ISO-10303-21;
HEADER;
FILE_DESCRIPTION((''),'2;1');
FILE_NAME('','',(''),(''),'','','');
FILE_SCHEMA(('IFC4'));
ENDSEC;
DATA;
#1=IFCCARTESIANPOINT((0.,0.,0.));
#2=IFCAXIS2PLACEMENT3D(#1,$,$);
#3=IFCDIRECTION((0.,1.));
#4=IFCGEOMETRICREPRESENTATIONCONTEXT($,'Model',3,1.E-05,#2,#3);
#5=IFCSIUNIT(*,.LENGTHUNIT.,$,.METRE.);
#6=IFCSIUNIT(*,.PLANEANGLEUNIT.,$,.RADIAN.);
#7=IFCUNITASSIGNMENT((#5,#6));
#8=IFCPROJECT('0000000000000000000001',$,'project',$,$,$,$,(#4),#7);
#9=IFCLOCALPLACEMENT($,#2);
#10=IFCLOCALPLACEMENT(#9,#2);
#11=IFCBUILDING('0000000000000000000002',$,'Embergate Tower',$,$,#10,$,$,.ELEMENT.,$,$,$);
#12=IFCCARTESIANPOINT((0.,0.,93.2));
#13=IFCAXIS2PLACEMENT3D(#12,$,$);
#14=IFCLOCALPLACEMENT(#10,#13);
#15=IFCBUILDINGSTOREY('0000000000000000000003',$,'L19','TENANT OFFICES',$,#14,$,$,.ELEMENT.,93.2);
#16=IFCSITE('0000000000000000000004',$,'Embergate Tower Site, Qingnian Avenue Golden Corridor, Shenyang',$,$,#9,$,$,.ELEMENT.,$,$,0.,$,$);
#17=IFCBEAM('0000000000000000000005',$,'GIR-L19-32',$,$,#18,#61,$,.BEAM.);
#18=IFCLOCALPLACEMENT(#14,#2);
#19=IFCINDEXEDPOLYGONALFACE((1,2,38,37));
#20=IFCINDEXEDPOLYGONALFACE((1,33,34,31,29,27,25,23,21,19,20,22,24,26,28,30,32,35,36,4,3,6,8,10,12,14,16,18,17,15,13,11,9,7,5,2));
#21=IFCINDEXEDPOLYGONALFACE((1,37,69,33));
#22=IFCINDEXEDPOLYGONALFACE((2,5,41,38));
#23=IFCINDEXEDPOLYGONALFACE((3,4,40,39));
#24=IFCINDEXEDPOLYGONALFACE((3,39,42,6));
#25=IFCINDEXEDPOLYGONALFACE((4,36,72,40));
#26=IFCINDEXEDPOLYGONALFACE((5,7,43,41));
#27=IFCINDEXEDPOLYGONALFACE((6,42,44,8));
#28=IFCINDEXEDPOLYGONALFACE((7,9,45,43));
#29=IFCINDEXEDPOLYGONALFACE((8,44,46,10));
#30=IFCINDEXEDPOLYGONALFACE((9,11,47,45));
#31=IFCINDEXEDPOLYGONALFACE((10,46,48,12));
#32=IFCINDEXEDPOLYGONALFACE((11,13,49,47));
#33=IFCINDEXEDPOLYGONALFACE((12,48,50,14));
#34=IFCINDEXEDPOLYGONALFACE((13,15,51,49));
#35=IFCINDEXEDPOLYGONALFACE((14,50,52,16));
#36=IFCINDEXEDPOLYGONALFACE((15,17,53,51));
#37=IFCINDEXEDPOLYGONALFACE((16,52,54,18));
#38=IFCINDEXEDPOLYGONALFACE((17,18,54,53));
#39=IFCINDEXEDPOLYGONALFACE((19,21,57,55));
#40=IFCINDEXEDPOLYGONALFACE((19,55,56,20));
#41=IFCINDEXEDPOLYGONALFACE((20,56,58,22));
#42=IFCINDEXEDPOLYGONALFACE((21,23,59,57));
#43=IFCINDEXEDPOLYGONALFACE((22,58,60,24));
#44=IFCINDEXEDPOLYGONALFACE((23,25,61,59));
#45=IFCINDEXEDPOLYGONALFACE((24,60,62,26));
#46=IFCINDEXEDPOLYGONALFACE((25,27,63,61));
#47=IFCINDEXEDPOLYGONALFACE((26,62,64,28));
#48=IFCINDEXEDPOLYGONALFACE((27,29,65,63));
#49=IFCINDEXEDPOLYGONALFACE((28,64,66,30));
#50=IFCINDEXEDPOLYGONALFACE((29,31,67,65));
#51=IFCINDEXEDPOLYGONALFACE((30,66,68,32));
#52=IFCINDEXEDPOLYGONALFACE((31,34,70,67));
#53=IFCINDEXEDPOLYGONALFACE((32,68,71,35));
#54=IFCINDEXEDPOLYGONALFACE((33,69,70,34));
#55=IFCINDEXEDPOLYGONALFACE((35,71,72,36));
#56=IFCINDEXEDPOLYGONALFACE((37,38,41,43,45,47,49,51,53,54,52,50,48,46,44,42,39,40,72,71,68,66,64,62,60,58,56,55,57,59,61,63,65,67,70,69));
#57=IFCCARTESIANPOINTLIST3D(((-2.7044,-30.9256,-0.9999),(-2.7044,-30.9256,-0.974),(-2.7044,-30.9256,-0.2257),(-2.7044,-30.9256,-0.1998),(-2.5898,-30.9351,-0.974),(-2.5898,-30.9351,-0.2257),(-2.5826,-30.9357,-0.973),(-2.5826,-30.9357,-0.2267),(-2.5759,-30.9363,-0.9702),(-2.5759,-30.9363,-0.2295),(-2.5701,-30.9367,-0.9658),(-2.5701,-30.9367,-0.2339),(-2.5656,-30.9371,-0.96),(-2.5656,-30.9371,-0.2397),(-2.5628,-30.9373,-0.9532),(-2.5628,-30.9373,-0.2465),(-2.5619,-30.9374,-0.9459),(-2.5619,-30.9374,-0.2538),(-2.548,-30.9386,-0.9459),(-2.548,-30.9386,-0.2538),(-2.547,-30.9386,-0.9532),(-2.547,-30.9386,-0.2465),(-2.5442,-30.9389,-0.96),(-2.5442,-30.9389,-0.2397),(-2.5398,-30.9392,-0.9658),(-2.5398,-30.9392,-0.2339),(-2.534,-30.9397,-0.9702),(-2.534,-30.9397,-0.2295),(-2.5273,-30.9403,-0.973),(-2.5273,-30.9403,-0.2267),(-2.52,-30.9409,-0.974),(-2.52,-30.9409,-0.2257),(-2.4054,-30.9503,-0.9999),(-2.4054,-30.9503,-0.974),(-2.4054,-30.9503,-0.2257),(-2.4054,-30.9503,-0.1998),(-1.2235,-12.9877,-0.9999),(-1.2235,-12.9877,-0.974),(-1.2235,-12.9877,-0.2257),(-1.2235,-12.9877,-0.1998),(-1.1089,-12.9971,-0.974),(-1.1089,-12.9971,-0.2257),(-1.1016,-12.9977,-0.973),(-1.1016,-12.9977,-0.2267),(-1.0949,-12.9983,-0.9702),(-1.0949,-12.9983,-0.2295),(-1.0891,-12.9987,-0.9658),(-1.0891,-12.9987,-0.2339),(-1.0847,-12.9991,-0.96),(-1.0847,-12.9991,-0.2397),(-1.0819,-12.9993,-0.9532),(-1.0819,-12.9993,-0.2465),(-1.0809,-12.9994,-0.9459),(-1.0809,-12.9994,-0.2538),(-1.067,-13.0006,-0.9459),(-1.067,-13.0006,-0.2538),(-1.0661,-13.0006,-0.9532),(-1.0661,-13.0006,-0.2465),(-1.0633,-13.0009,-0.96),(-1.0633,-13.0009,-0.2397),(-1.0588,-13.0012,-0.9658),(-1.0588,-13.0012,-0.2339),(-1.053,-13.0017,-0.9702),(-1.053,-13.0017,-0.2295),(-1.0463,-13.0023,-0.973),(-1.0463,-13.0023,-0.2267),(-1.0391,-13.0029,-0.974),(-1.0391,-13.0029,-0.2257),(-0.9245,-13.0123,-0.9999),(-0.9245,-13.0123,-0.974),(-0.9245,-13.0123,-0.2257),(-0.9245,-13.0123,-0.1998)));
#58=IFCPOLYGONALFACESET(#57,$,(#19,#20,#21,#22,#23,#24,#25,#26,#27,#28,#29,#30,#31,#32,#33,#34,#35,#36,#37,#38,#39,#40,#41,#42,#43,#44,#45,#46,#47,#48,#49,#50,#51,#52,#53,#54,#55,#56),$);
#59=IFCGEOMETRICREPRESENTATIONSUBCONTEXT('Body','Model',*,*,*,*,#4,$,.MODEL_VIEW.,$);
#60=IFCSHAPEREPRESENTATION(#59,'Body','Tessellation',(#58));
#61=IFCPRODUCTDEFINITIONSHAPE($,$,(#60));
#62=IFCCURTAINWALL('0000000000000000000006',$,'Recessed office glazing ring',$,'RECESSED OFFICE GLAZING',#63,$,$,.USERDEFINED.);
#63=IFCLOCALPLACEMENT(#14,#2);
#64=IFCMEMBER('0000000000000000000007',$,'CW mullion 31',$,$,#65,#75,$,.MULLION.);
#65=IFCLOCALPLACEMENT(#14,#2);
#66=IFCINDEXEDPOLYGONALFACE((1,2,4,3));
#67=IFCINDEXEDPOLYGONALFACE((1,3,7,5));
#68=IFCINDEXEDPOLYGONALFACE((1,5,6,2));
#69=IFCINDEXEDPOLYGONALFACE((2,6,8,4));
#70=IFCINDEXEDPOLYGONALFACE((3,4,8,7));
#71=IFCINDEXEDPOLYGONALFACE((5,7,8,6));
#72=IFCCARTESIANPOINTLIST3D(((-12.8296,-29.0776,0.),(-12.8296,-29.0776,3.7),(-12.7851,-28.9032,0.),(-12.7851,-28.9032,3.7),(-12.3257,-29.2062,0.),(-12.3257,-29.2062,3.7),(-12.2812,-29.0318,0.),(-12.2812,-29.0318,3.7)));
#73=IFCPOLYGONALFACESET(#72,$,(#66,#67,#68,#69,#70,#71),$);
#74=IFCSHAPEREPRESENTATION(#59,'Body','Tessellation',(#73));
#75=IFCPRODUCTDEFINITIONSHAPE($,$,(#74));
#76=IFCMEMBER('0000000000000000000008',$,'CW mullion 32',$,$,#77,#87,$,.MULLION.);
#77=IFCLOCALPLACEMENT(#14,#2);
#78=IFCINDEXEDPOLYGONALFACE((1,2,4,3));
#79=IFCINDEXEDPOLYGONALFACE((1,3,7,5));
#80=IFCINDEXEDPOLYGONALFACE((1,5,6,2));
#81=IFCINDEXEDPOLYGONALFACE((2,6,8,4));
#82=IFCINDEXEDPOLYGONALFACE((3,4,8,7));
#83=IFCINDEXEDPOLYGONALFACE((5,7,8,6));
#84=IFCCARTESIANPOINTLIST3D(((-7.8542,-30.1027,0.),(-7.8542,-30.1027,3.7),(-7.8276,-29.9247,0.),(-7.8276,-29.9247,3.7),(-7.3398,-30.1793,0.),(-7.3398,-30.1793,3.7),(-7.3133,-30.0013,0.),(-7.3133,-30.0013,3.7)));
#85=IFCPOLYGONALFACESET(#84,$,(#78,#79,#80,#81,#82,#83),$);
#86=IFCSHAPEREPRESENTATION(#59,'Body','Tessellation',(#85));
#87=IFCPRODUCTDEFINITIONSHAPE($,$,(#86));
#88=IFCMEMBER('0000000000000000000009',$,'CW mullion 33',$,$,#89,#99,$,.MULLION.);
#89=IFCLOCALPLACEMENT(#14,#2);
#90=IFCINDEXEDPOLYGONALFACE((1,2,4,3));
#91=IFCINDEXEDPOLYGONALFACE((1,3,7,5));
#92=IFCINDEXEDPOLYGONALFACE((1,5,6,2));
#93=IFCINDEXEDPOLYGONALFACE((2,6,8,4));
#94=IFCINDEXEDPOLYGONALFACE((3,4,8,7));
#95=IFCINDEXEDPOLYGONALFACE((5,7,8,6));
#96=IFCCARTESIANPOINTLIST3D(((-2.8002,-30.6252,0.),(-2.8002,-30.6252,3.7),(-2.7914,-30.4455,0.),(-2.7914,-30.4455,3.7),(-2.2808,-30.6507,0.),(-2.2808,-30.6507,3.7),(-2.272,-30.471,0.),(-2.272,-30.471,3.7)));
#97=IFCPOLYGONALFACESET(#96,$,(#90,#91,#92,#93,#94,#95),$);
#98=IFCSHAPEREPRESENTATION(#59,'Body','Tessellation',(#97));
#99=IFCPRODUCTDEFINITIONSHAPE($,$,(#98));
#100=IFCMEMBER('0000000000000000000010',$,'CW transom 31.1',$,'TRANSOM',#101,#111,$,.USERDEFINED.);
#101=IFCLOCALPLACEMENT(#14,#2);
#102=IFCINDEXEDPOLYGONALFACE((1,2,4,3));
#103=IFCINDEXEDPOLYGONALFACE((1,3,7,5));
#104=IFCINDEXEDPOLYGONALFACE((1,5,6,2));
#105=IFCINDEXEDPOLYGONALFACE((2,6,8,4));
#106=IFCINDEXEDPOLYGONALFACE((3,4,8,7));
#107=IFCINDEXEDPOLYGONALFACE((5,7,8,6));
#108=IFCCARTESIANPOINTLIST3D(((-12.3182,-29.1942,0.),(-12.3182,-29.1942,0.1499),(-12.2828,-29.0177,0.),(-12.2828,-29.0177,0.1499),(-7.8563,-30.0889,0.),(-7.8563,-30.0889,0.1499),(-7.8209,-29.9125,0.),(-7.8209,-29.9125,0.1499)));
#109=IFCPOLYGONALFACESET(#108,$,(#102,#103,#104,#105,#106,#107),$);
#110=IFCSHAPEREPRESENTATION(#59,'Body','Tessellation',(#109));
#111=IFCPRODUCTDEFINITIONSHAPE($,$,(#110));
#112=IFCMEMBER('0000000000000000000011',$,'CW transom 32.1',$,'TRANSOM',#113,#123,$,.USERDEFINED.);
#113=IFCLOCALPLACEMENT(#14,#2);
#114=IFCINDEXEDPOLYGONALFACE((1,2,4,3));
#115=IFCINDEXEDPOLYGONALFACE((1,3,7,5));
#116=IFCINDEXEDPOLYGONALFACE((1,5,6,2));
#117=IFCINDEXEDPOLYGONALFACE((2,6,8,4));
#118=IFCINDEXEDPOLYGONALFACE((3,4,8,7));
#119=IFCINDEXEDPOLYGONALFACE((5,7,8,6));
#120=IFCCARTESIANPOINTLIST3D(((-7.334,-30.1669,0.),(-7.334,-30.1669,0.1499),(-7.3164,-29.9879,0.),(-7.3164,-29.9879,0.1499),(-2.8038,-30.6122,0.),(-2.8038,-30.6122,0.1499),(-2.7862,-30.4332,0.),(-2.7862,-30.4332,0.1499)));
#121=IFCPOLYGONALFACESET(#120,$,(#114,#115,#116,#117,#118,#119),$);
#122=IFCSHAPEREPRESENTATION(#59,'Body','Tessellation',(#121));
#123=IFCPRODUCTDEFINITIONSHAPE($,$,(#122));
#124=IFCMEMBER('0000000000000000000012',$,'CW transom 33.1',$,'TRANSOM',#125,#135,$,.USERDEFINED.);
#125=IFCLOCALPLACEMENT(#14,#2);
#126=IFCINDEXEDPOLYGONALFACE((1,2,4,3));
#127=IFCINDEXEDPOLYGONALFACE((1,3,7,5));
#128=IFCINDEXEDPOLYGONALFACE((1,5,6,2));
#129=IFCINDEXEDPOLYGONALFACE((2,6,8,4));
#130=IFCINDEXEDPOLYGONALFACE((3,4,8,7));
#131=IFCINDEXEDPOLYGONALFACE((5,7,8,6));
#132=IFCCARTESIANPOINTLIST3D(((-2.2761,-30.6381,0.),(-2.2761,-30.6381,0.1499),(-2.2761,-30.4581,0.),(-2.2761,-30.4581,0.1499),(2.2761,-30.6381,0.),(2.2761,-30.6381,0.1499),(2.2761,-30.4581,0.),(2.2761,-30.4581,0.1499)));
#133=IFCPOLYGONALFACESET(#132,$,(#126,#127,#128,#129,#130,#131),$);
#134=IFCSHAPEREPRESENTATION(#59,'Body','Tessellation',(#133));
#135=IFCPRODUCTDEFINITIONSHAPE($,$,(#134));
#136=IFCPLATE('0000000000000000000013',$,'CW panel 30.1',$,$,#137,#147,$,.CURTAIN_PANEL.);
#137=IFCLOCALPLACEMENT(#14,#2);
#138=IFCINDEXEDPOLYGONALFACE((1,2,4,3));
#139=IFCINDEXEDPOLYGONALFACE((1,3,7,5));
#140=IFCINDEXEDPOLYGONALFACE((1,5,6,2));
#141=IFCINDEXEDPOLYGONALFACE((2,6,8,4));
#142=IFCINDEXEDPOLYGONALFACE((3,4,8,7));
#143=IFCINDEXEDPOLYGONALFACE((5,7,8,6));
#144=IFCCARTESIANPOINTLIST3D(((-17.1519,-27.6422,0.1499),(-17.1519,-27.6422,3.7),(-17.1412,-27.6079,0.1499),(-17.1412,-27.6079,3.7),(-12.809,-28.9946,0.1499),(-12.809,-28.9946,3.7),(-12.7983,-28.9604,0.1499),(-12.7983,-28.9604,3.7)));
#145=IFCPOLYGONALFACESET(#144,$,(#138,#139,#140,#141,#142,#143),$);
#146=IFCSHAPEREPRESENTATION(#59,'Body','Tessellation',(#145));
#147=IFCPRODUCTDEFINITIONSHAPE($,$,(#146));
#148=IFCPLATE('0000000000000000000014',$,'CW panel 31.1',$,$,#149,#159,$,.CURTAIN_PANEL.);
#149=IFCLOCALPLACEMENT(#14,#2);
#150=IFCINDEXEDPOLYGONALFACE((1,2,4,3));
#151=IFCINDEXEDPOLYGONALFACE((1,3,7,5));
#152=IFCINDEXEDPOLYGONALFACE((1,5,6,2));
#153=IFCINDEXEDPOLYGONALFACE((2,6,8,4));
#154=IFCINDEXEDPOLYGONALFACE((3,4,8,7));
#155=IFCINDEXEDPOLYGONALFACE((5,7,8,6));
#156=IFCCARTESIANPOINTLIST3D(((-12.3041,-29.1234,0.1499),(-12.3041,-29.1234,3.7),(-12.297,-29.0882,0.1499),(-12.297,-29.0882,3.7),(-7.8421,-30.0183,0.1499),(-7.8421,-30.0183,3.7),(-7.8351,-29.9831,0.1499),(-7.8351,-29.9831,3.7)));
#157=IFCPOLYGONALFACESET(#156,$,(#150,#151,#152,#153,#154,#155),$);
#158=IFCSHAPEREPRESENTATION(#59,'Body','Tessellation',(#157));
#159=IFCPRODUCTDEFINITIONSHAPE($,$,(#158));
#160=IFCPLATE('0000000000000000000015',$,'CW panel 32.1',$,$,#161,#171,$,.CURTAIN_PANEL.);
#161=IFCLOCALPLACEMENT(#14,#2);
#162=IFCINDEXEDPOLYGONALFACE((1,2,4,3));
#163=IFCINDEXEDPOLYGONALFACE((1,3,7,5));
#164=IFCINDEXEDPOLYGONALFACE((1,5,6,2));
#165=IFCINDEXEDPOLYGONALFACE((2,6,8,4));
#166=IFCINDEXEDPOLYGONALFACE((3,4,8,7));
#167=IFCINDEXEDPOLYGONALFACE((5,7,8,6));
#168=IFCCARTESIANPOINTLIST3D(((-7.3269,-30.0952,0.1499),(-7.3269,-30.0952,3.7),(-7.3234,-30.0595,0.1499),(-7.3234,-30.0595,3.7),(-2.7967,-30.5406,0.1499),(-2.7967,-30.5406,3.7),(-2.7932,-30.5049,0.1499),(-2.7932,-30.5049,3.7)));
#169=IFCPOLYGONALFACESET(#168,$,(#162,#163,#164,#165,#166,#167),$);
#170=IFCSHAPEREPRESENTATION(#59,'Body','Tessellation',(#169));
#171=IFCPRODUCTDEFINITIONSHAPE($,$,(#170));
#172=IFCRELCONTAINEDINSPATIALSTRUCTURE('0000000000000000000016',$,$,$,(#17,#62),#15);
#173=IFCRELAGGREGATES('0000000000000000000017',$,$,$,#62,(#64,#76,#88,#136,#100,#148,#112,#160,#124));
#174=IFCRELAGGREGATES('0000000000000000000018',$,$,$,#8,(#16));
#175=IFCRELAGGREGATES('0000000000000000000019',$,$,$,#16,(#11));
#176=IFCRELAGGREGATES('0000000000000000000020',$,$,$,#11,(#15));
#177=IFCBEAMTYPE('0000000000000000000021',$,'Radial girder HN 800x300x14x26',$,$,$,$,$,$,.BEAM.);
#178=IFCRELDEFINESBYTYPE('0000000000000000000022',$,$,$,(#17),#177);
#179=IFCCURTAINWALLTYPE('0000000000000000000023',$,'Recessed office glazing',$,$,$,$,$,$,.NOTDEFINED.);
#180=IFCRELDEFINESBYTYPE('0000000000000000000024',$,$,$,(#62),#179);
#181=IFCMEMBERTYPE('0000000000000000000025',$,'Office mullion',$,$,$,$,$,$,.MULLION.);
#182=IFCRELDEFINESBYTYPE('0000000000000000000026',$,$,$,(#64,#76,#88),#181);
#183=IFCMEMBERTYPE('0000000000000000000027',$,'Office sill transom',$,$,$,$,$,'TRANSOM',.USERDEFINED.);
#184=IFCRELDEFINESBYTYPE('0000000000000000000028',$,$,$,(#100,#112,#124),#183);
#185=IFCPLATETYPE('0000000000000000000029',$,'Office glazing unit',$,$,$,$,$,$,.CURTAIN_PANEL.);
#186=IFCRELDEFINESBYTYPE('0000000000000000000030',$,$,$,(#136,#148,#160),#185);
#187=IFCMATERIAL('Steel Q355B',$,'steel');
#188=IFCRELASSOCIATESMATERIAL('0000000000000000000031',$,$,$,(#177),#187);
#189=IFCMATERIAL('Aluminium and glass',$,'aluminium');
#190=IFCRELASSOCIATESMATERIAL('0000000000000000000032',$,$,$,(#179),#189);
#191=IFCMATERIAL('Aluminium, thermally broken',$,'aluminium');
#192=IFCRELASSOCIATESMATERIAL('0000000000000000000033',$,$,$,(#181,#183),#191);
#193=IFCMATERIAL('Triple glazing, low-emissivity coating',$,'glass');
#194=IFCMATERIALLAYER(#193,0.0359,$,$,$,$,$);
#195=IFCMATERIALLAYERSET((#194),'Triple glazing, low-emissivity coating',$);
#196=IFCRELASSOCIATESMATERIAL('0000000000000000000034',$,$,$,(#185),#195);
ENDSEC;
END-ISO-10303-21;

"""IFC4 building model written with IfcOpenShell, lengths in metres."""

from ifc_helpers import new_model, si_unit, direction, frame, origin, origin_2d, place, context, subcontext, project, spatial, rectangle, i_section, extrude, source, transform, mapped, material, layer, layer_set, material_profile, profile_set, type_object, element, aggregate, save


model = new_model("IFC4")

# Units and contexts
model_context = context("Model", 3, precision=1e-05, world=origin(), true_north=direction((0.0, 1.0)))
body_context = subcontext(model_context, "Body", "Model", "MODEL_VIEW")
ifc_project = project(units=[si_unit("LENGTHUNIT", "METRE"), si_unit("PLANEANGLEUNIT", "RADIAN")], contexts=[model_context])

# Site, building, storey
site_placement = place(None, origin())
site = spatial("IfcSite", under=ifc_project, at=site_placement, Name="Embergate Tower Site, Qingnian Avenue Golden Corridor, Shenyang", CompositionType="ELEMENT", RefElevation=0.0)
building_placement = place(site_placement, origin())
building = spatial("IfcBuilding", under=site, at=building_placement, Name="Embergate Tower", CompositionType="ELEMENT")
storey_placement = place(building_placement, frame((0.0, 0.0, 93.2)))
storey = spatial("IfcBuildingStorey", under=building, at=storey_placement, Name="L19", Description="TENANT OFFICES", CompositionType="ELEMENT", Elevation=93.2)

# Beam
ifc_material_1 = material(Name="Steel Q355B", Category="steel")
ifc_material_profile_1 = material_profile(ifc_material_1, i_section(OverallWidth=0.3, OverallDepth=0.8, WebThickness=0.0139, FlangeThickness=0.0259, FilletRadius=0.0281, at=origin_2d()), Name="HN 800x300x14x26")
ifc_profile_set_1 = profile_set([ifc_material_profile_1], Name="Steel Q355 grade B")
beam_type_1 = type_object("IfcBeamType", Name="Radial girder HN 800x300x14x26", PredefinedType="BEAM", material=ifc_profile_set_1)
shared_shape_1 = source(origin(), body_context, "Body", "SweptSolid", [
    extrude(i_section(OverallWidth=0.3, OverallDepth=0.8, WebThickness=0.0139, FlangeThickness=0.0259, FilletRadius=0.0281, at=origin_2d()), origin(), (0.0, 0.0, 1.0), 17.999),
])
beam_1_placement = place(storey_placement, frame((-2.5549, -30.938, -0.5999), z_axis=(0.08228, 0.996609, 0.0), x_axis=(-0.996609, 0.08228, 0.0)))
element("IfcBeam", 1, at=beam_1_placement, inside=storey, type_object=beam_type_1, Name="GIR-L19-32", PredefinedType="BEAM", context=body_context, shape_type="MappedRepresentation", body=[
    mapped(shared_shape_1, transform((0.0, 0.0, 0.0))),
])

# Curtain wall, members, plates
ifc_material_2 = material(Name="Aluminium and glass", Category="aluminium")
curtain_wall_type = type_object("IfcCurtainWallType", Name="Recessed office glazing", PredefinedType="NOTDEFINED", material=ifc_material_2)
curtain_wall_placement = place(storey_placement, origin())
curtain_wall = element("IfcCurtainWall", 2, at=curtain_wall_placement, inside=storey, type_object=curtain_wall_type, Name="Recessed office glazing ring", ObjectType="RECESSED OFFICE GLAZING", PredefinedType="USERDEFINED")
ifc_material_3 = material(Name="Aluminium, thermally broken", Category="aluminium")
ifc_material_profile_2 = material_profile(ifc_material_3, rectangle(XDim=0.1799, YDim=0.52, at=origin_2d()), Name="AL 520x180")
ifc_profile_set_2 = profile_set([ifc_material_profile_2], Name="Aluminium, thermally broken")
member_type_1 = type_object("IfcMemberType", Name="Office mullion", PredefinedType="MULLION", material=ifc_profile_set_2)
shared_shape_2 = source(origin(), body_context, "Body", "SweptSolid", [
    extrude(rectangle(XDim=0.1799, YDim=0.52, at=origin_2d()), origin(), (0.0, 0.0, 1.0), 3.7),
])
member_1_placement = place(storey_placement, frame((-12.5554, -29.0547, 0.0), z_axis=(0.0, 0.0, 1.0), x_axis=(0.247314, 0.968935, 0.0)))
member_1 = element("IfcMember", 3, at=member_1_placement, type_object=member_type_1, Name="CW mullion 31", PredefinedType="MULLION", context=body_context, shape_type="MappedRepresentation", body=[
    mapped(shared_shape_2, transform((0.0, 0.0, 0.0))),
])
member_2_placement = place(storey_placement, frame((-7.5837, -30.052, 0.0), z_axis=(0.0, 0.0, 1.0), x_axis=(0.147412, 0.989075, 0.0)))
member_2 = element("IfcMember", 4, at=member_2_placement, type_object=member_type_1, Name="CW mullion 32", PredefinedType="MULLION", context=body_context, shape_type="MappedRepresentation", body=[
    mapped(shared_shape_2, transform((0.0, 0.0, 0.0))),
])
member_3_placement = place(storey_placement, frame((-2.5361, -30.5481, 0.0), z_axis=(0.0, 0.0, 1.0), x_axis=(0.048972, 0.9988, 0.0)))
member_3 = element("IfcMember", 5, at=member_3_placement, type_object=member_type_1, Name="CW mullion 33", PredefinedType="MULLION", context=body_context, shape_type="MappedRepresentation", body=[
    mapped(shared_shape_2, transform((0.0, 0.0, 0.0))),
])
ifc_material_profile_3 = material_profile(ifc_material_3, rectangle(XDim=0.1799, YDim=0.1499, at=origin_2d()), Name="AL 150x180")
ifc_profile_set_3 = profile_set([ifc_material_profile_3], Name="Aluminium, thermally broken")
member_type_2 = type_object("IfcMemberType", Name="Office sill transom", ElementType="TRANSOM", PredefinedType="USERDEFINED", material=ifc_profile_set_3)
shared_shape_3 = source(origin(), body_context, "Body", "SweptSolid", [
    extrude(rectangle(XDim=0.1799, YDim=0.1499, at=origin_2d()), origin(), (0.0, 0.0, 1.0), 4.5508),
])
member_4_placement = place(storey_placement, frame((-12.3005, -29.106, 0.075), z_axis=(0.980479, -0.196622, 0.0), x_axis=(0.196622, 0.980479, 0.0)))
member_4 = element("IfcMember", 6, at=member_4_placement, type_object=member_type_2, Name="CW transom 31.1", ObjectType="TRANSOM", PredefinedType="USERDEFINED", context=body_context, shape_type="MappedRepresentation", body=[
    mapped(shared_shape_3, transform((0.0, 0.0, 0.0))),
])
shared_shape_4 = source(origin(), body_context, "Body", "SweptSolid", [
    extrude(rectangle(XDim=0.1799, YDim=0.1499, at=origin_2d()), origin(), (0.0, 0.0, 1.0), 4.552),
])
member_5_placement = place(storey_placement, frame((-7.3252, -30.0774, 0.075), z_axis=(0.995204, -0.097826, 0.0), x_axis=(0.097826, 0.995204, 0.0)))
member_5 = element("IfcMember", 7, at=member_5_placement, type_object=member_type_2, Name="CW transom 32.1", ObjectType="TRANSOM", PredefinedType="USERDEFINED", context=body_context, shape_type="MappedRepresentation", body=[
    mapped(shared_shape_4, transform((0.0, 0.0, 0.0))),
])
shared_shape_5 = source(origin(), body_context, "Body", "SweptSolid", [
    extrude(rectangle(XDim=0.1799, YDim=0.1499, at=origin_2d()), origin(), (0.0, 0.0, 1.0), 4.5522),
])
member_6_placement = place(storey_placement, frame((-2.2761, -30.5481, 0.075), z_axis=(1.0, 0.0, 0.0), x_axis=(0.0, 1.0, 0.0)))
member_6 = element("IfcMember", 8, at=member_6_placement, type_object=member_type_2, Name="CW transom 33.1", ObjectType="TRANSOM", PredefinedType="USERDEFINED", context=body_context, shape_type="MappedRepresentation", body=[
    mapped(shared_shape_5, transform((0.0, 0.0, 0.0))),
])
ifc_material_4 = material(Name="Triple glazing, low-emissivity coating", Category="glass")
ifc_layer_1 = layer(ifc_material_4, 0.0359)
ifc_layer_set_1 = layer_set([ifc_layer_1], Name="Triple glazing, low-emissivity coating")
plate_type = type_object("IfcPlateType", Name="Office glazing unit", PredefinedType="CURTAIN_PANEL", material=ifc_layer_set_1)
shared_shape_6 = source(origin(), body_context, "Body", "SweptSolid", [
    extrude(rectangle(XDim=4.5486, YDim=0.0359, at=origin_2d()), origin(), (0.0, 0.0, 1.0), 3.55),
])
plate_1_placement = place(storey_placement, frame((-14.9751, -28.3013, 0.1499), z_axis=(0.0, 0.0, 1.0), x_axis=(0.954772, -0.29734, 0.0)))
plate_1 = element("IfcPlate", 9, at=plate_1_placement, type_object=plate_type, Name="CW panel 30.1", PredefinedType="CURTAIN_PANEL", context=body_context, shape_type="MappedRepresentation", body=[
    mapped(shared_shape_6, transform((0.0, 0.0, 0.0))),
])
shared_shape_7 = source(origin(), body_context, "Body", "SweptSolid", [
    extrude(rectangle(XDim=4.5508, YDim=0.0359, at=origin_2d()), origin(), (0.0, 0.0, 1.0), 3.55),
])
plate_2_placement = place(storey_placement, frame((-10.0696, -29.5532, 0.1499), z_axis=(0.0, 0.0, 1.0), x_axis=(0.980476, -0.196641, 0.0)))
plate_2 = element("IfcPlate", 10, at=plate_2_placement, type_object=plate_type, Name="CW panel 31.1", PredefinedType="CURTAIN_PANEL", context=body_context, shape_type="MappedRepresentation", body=[
    mapped(shared_shape_7, transform((0.0, 0.0, 0.0))),
])
shared_shape_8 = source(origin(), body_context, "Body", "SweptSolid", [
    extrude(rectangle(XDim=4.552, YDim=0.0359, at=origin_2d()), origin(), (0.0, 0.0, 1.0), 3.55),
])
plate_3_placement = place(storey_placement, frame((-5.0601, -30.3, 0.1499), z_axis=(0.0, 0.0, 1.0), x_axis=(0.995203, -0.09783, 0.0)))
plate_3 = element("IfcPlate", 11, at=plate_3_placement, type_object=plate_type, Name="CW panel 32.1", PredefinedType="CURTAIN_PANEL", context=body_context, shape_type="MappedRepresentation", body=[
    mapped(shared_shape_8, transform((0.0, 0.0, 0.0))),
])
aggregate(curtain_wall, [member_1, member_2, member_3, plate_1, member_4, plate_2, member_5, plate_3, member_6])

save(model, "model.ifc")
